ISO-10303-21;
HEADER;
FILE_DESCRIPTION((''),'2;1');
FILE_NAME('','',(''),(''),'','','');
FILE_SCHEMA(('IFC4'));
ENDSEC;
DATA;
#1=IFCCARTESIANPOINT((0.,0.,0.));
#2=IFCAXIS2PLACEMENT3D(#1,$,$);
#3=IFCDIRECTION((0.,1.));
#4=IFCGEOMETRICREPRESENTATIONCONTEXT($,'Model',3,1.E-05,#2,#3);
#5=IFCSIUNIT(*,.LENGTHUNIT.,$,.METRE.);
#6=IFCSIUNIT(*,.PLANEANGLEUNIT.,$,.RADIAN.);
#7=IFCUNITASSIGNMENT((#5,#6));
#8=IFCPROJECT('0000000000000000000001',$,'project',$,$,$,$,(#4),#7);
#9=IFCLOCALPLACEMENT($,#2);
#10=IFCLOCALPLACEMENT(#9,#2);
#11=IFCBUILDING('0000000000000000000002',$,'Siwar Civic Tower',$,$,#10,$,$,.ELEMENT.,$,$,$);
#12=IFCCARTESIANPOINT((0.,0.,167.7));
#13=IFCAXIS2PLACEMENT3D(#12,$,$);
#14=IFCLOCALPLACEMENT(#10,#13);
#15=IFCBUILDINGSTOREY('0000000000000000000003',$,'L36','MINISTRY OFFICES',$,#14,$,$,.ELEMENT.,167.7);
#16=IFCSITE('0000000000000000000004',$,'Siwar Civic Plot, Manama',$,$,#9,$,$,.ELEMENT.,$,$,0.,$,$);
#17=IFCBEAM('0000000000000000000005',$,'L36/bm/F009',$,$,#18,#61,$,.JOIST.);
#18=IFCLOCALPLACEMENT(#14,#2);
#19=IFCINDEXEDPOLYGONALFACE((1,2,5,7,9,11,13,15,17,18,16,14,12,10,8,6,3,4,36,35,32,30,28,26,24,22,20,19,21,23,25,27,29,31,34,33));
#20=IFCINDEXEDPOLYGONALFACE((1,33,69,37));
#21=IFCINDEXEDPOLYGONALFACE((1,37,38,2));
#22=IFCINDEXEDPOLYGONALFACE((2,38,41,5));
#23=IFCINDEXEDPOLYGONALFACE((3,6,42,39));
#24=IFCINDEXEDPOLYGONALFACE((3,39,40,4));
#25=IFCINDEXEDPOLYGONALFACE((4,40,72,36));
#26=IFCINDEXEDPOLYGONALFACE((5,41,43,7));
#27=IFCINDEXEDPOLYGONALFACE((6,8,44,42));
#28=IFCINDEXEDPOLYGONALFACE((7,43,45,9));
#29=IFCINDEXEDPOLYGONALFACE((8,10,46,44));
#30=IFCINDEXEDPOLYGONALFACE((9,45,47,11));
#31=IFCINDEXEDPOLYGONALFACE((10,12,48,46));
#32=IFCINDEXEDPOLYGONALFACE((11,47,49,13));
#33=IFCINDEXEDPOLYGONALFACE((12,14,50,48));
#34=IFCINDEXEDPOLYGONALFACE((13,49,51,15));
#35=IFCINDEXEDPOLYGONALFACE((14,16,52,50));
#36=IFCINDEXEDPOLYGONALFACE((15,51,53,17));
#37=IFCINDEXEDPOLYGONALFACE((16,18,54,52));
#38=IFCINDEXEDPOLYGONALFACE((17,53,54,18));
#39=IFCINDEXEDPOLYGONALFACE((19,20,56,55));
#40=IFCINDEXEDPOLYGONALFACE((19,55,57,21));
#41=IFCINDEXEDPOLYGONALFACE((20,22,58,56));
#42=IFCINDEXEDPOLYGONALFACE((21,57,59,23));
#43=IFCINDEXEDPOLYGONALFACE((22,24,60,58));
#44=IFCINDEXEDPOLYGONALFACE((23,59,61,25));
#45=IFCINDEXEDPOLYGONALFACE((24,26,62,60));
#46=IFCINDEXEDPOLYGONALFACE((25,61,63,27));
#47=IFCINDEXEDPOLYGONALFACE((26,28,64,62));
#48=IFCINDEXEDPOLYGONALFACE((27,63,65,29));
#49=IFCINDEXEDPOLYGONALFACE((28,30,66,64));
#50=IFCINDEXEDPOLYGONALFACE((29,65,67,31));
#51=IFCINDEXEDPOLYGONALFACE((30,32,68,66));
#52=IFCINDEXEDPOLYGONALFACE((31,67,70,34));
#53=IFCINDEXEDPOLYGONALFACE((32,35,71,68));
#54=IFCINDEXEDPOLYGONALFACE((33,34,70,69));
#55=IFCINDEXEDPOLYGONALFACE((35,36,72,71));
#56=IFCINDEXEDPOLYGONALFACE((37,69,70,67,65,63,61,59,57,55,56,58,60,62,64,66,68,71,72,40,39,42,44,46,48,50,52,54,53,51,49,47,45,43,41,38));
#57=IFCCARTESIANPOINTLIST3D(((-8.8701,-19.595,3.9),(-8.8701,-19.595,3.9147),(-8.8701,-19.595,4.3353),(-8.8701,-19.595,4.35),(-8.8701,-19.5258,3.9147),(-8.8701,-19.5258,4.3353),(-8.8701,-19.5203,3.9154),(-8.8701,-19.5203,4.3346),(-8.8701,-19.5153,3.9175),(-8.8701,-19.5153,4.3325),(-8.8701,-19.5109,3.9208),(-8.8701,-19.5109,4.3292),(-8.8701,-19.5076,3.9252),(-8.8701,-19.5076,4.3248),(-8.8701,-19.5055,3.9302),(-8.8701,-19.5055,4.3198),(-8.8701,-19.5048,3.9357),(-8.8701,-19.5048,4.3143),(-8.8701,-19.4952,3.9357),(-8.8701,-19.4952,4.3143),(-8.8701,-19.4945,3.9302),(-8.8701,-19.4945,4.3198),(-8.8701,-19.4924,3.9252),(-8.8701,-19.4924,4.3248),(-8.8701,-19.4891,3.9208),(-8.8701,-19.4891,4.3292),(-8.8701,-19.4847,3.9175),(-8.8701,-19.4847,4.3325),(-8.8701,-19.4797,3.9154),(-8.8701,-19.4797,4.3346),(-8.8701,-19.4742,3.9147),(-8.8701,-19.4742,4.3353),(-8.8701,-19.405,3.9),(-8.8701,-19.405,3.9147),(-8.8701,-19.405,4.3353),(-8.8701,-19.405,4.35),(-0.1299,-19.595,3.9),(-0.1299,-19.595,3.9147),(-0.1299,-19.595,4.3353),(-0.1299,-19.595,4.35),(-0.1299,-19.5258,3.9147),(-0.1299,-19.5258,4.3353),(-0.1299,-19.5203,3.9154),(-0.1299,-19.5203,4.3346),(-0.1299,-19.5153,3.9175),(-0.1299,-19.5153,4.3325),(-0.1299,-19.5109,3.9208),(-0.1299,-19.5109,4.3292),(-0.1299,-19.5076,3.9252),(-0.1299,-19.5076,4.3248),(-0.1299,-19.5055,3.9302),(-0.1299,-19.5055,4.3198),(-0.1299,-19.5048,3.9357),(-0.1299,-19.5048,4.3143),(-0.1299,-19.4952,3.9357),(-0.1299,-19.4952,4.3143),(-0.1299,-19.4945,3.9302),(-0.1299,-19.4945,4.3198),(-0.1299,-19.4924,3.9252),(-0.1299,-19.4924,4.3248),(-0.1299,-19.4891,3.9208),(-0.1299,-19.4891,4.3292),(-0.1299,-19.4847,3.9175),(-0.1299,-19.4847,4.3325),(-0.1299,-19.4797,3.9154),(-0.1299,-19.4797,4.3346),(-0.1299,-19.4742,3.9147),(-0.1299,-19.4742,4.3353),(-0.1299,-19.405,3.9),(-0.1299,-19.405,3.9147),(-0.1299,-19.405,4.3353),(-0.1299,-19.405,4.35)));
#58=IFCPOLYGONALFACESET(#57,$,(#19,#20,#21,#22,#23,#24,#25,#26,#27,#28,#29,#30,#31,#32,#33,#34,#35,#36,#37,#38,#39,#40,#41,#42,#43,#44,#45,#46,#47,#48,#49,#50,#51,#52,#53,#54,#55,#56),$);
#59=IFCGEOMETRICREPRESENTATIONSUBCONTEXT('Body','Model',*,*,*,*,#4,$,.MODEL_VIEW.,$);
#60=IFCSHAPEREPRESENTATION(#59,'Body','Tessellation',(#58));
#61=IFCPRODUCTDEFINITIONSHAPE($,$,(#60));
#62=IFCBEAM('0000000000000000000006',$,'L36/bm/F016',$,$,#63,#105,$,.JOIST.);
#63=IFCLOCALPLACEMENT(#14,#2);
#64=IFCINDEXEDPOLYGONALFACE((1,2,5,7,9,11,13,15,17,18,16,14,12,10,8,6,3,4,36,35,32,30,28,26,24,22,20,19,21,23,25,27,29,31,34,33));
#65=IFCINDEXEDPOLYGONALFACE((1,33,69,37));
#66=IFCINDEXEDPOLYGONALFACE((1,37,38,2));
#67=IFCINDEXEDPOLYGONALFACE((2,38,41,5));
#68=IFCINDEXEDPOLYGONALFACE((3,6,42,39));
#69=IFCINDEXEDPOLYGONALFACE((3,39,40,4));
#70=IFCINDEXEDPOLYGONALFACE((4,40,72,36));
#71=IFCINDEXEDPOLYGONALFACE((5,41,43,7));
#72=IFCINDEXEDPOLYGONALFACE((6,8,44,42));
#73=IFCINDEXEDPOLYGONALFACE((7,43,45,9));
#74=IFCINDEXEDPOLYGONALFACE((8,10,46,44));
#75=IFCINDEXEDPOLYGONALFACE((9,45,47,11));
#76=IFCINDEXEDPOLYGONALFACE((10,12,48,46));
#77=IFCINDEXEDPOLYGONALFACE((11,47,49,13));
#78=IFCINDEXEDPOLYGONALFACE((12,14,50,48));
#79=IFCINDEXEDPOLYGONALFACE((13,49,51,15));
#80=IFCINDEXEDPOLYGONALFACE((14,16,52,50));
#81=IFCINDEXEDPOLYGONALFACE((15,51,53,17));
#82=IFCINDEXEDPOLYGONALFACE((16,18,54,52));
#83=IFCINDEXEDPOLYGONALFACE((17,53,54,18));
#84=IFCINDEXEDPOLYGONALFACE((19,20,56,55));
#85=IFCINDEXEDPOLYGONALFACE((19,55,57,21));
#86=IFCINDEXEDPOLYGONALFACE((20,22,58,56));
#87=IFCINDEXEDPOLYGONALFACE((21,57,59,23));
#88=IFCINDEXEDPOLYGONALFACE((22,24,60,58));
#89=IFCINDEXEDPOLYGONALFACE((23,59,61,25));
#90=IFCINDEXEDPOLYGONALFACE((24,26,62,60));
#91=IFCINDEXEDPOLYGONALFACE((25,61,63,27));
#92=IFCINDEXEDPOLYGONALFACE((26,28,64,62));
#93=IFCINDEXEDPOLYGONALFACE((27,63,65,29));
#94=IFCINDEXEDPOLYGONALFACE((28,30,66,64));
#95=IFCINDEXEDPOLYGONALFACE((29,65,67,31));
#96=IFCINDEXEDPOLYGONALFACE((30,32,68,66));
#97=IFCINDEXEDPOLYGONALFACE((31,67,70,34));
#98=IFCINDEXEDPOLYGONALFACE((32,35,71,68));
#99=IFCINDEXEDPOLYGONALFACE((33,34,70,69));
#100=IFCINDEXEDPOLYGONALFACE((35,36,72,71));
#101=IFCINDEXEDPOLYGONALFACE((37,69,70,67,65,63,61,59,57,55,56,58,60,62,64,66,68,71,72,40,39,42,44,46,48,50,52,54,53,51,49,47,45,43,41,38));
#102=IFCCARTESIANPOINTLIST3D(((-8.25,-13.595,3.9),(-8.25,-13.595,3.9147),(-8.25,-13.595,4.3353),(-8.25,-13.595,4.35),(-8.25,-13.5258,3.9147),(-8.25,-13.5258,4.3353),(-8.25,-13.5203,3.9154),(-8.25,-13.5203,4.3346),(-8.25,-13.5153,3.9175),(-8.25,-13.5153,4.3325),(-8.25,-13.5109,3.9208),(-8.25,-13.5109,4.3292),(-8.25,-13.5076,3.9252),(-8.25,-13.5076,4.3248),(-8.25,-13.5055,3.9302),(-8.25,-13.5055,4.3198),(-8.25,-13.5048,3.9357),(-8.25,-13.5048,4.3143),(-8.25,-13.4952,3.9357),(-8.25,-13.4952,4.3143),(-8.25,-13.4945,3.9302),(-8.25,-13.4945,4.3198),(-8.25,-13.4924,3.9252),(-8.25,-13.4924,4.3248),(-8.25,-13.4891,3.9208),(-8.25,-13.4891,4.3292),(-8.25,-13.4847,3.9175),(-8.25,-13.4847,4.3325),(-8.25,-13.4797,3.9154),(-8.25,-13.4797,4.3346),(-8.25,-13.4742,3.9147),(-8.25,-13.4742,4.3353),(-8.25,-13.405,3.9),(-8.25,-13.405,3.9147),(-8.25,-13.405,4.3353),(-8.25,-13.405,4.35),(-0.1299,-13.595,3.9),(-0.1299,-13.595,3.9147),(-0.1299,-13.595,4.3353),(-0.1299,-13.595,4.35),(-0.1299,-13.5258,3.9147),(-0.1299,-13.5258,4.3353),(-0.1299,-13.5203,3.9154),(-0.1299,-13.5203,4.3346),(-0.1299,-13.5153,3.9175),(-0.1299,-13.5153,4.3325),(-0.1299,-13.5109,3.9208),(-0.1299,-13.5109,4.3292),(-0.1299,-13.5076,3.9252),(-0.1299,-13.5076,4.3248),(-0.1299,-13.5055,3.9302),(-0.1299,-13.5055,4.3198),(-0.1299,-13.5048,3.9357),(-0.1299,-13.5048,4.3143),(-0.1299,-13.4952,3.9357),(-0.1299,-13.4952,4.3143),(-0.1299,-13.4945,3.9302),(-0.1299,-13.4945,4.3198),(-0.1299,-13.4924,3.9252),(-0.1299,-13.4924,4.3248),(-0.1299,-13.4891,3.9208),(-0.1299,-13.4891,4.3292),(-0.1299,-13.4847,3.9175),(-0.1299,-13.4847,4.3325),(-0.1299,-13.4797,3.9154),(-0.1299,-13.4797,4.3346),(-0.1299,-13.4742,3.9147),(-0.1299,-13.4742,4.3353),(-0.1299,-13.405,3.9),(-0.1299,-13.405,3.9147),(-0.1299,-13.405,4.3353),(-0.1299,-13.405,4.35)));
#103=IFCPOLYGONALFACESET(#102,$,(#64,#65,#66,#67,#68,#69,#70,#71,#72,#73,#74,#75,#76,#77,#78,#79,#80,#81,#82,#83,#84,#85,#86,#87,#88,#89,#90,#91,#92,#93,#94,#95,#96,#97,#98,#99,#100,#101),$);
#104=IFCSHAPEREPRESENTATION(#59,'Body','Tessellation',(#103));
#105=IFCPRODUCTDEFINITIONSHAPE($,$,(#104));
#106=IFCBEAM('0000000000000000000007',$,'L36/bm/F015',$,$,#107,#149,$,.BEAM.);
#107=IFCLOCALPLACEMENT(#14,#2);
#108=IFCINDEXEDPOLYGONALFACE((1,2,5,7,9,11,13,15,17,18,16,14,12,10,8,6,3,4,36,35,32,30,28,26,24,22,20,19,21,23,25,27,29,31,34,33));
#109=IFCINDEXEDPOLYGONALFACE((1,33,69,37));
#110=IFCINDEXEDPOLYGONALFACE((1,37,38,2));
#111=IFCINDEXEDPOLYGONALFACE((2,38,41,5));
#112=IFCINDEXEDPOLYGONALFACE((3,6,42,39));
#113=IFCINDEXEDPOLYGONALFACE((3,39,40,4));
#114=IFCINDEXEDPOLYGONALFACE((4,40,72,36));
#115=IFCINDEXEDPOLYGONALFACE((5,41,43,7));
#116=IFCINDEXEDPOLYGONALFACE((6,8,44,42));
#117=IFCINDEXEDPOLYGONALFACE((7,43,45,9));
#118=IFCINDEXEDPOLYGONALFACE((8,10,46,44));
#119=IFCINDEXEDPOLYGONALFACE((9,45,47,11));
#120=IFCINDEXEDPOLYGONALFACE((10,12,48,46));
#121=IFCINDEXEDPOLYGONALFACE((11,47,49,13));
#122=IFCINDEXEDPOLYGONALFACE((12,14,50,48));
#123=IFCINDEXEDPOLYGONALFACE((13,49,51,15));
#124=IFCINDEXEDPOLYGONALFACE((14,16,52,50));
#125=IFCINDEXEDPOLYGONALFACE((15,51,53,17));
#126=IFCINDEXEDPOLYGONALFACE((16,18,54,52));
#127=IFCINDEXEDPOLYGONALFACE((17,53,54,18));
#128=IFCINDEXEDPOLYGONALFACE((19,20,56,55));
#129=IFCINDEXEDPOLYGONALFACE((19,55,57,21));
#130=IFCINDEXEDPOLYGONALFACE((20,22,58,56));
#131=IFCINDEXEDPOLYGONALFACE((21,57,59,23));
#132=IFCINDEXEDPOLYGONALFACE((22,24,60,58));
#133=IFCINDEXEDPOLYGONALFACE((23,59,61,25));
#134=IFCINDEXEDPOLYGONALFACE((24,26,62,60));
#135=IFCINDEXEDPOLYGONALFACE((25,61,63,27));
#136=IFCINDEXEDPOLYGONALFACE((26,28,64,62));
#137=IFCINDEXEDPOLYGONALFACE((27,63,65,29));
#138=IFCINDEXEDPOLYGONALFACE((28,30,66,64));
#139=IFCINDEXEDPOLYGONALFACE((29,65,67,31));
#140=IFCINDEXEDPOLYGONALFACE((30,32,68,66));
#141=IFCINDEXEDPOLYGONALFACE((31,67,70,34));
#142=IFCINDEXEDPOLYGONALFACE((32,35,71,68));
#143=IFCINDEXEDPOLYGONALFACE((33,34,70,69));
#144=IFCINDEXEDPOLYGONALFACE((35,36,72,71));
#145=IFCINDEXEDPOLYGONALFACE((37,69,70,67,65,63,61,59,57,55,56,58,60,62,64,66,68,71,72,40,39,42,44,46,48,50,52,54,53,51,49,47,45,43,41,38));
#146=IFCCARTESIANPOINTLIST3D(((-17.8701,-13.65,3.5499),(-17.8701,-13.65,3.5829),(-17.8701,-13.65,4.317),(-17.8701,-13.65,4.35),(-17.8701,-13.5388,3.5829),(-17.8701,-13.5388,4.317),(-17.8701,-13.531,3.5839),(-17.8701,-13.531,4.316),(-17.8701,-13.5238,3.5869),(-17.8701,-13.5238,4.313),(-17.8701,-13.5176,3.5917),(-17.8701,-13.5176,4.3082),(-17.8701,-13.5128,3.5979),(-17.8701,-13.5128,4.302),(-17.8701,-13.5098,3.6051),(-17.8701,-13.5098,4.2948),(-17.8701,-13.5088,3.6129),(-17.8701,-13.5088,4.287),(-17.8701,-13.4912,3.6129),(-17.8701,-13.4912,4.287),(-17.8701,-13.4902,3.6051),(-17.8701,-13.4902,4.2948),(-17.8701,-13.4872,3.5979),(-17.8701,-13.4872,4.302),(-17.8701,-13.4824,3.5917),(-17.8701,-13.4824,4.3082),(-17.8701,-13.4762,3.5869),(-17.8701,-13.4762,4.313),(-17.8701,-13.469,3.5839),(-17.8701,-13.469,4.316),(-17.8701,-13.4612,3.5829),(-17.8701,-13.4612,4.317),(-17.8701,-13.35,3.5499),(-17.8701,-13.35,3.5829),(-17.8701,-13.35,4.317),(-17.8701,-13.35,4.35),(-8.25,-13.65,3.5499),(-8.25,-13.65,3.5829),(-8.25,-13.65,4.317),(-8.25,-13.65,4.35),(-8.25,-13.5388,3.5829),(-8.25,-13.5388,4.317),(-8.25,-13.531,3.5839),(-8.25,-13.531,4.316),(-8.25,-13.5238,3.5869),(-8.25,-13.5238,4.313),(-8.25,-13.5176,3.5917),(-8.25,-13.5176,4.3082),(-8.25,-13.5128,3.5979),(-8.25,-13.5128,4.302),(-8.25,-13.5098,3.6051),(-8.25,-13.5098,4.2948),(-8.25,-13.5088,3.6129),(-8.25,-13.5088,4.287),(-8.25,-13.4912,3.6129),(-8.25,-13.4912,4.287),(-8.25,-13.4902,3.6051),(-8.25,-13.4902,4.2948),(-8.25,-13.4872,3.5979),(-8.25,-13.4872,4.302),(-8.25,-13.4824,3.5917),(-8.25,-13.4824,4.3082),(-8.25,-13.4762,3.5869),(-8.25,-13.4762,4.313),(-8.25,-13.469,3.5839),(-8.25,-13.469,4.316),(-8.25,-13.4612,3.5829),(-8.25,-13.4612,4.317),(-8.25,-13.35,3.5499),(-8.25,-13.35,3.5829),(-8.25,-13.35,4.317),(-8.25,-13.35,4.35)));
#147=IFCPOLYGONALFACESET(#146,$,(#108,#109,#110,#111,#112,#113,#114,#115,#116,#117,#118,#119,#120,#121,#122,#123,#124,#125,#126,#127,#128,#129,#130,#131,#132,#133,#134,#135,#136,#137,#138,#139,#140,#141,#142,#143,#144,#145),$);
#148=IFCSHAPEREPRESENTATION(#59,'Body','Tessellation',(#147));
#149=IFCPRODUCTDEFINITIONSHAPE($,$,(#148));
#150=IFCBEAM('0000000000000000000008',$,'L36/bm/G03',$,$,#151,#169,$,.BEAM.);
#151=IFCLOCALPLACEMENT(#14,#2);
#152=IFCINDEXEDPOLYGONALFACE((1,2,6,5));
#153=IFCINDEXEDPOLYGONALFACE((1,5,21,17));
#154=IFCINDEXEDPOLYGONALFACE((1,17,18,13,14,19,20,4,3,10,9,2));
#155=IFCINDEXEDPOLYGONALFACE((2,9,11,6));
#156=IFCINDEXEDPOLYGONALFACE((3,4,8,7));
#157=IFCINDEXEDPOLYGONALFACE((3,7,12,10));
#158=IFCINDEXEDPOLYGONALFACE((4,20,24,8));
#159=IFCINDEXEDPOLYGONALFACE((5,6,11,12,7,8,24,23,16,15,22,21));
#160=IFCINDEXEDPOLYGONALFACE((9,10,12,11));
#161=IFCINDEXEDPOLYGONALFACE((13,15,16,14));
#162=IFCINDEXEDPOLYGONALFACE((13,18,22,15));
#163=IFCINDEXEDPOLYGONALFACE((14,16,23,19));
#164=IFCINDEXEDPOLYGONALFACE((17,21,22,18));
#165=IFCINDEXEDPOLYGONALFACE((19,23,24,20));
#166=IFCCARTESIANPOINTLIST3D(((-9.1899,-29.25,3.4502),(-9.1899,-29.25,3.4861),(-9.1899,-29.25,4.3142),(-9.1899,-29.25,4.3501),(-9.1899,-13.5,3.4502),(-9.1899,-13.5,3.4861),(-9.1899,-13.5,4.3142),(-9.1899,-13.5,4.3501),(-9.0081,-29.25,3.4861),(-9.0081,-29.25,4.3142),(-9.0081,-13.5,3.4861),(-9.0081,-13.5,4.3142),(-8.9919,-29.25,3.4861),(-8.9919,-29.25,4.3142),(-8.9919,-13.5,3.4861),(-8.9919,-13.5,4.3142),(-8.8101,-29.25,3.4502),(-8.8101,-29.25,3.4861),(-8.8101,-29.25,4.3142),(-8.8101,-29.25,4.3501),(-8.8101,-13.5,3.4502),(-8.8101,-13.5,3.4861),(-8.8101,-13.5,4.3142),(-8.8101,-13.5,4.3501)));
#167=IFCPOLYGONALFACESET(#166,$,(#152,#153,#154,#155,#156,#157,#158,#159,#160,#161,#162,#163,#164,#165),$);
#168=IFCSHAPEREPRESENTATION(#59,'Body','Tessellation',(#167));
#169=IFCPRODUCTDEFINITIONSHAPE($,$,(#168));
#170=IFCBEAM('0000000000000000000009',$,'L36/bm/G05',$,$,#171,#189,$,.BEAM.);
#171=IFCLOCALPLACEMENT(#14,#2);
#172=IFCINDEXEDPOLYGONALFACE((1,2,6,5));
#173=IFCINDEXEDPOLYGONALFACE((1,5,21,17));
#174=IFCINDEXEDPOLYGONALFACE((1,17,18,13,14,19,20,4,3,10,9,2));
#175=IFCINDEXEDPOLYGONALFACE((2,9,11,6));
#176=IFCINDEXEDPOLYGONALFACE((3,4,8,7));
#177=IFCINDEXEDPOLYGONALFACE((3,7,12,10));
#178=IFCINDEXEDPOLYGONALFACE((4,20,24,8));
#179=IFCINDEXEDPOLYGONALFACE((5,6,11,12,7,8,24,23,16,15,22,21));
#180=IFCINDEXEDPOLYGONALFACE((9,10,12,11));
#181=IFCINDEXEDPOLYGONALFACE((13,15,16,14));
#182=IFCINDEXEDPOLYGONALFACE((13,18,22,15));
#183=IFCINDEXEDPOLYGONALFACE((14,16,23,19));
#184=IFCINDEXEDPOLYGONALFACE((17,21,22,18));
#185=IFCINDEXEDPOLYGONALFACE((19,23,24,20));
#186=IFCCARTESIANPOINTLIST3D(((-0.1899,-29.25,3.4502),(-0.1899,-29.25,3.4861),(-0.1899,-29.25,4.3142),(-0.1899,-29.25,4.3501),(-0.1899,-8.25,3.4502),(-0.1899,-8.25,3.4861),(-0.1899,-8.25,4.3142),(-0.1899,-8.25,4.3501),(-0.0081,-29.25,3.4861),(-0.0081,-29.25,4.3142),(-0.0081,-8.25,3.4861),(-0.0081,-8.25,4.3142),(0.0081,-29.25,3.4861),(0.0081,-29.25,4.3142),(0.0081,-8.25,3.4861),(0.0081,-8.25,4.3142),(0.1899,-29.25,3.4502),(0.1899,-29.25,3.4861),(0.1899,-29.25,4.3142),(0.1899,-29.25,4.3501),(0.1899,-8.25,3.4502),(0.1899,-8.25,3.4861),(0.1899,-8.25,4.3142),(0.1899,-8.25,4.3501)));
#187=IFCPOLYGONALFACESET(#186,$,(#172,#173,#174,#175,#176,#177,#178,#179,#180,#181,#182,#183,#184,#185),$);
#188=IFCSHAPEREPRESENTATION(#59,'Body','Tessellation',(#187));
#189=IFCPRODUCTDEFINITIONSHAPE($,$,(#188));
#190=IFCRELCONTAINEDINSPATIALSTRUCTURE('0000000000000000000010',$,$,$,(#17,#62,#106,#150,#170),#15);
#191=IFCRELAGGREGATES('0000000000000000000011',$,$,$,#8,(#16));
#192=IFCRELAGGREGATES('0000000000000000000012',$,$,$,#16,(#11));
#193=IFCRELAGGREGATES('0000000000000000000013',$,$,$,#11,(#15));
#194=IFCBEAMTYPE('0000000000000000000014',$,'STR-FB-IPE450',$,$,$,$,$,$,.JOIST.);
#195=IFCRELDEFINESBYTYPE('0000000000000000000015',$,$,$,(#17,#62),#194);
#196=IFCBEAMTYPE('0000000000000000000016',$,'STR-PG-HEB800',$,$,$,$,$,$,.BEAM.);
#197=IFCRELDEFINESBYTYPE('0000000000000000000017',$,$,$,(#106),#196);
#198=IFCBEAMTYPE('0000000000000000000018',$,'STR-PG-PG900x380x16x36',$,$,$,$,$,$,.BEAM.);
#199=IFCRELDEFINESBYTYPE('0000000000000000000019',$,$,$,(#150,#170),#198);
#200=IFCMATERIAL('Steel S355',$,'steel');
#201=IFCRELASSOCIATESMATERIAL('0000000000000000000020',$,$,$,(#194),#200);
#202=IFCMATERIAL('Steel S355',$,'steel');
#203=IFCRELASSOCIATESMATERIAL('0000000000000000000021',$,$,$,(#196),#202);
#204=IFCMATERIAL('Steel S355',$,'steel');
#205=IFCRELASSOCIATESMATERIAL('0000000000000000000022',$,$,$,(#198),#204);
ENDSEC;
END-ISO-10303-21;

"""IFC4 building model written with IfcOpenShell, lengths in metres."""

from ifc_helpers import new_model, si_unit, direction, frame, origin, origin_2d, place, context, subcontext, project, spatial, i_section, extrude, material, material_profile, profile_set, type_object, element, save


model = new_model("IFC4")

# Units and contexts
model_context = context("Model", 3, precision=1e-05, world=origin(), true_north=direction((0.0, 1.0)))
body_context = subcontext(model_context, "Body", "Model", "MODEL_VIEW")
ifc_project = project(units=[si_unit("LENGTHUNIT", "METRE"), si_unit("PLANEANGLEUNIT", "RADIAN")], contexts=[model_context])

# Site, building, storey
site_placement = place(None, origin())
site = spatial("IfcSite", under=ifc_project, at=site_placement, Name="Siwar Civic Plot, Manama", CompositionType="ELEMENT", RefElevation=0.0)
building_placement = place(site_placement, origin())
building = spatial("IfcBuilding", under=site, at=building_placement, Name="Siwar Civic Tower", CompositionType="ELEMENT")
storey_placement = place(building_placement, frame((0.0, 0.0, 167.7)))
storey = spatial("IfcBuildingStorey", under=building, at=storey_placement, Name="L36", Description="MINISTRY OFFICES", CompositionType="ELEMENT", Elevation=167.7)

# Beams
ifc_material_1 = material(Name="Steel S355", Category="steel")
ifc_material_profile_1 = material_profile(ifc_material_1, i_section(OverallWidth=0.1899, OverallDepth=0.45, WebThickness=0.0095, FlangeThickness=0.0146, FilletRadius=0.021, at=origin_2d()), Name="IPE450")
ifc_profile_set_1 = profile_set([ifc_material_profile_1], Name="Steel S355")
beam_type_1 = type_object("IfcBeamType", Name="STR-FB-IPE450", PredefinedType="JOIST", material=ifc_profile_set_1)
for number, where, z_axis, x_axis, name in (
    (1, (-8.8701, -19.5, 4.125), (1.0, 0.0, 0.0), (0.0, 1.0, 0.0), "L36/bm/F009"),
):
    element("IfcBeam", number, at=place(storey_placement, frame(where, z_axis=z_axis, x_axis=x_axis)), inside=storey, type_object=beam_type_1, Name=name, PredefinedType="JOIST", context=body_context, shape_type="SweptSolid", body=[
        extrude(i_section(OverallWidth=0.1899, OverallDepth=0.45, WebThickness=0.0095, FlangeThickness=0.0146, FilletRadius=0.021, at=origin_2d()), origin(), (0.0, 0.0, 1.0), 8.7402),
    ])
beam_1_placement = place(storey_placement, frame((-8.25, -13.5, 4.125), z_axis=(1.0, 0.0, 0.0), x_axis=(0.0, 1.0, 0.0)))
element("IfcBeam", 2, at=beam_1_placement, inside=storey, type_object=beam_type_1, Name="L36/bm/F016", PredefinedType="JOIST", context=body_context, shape_type="SweptSolid", body=[
    extrude(i_section(OverallWidth=0.1899, OverallDepth=0.45, WebThickness=0.0095, FlangeThickness=0.0146, FilletRadius=0.021, at=origin_2d()), origin(), (0.0, 0.0, 1.0), 8.1201),
])
ifc_material_2 = material(Name="Steel S355", Category="steel")
ifc_material_profile_2 = material_profile(ifc_material_2, i_section(OverallWidth=0.3, OverallDepth=0.8, WebThickness=0.0176, FlangeThickness=0.033, FilletRadius=0.03, at=origin_2d()), Name="HEB800")
ifc_profile_set_2 = profile_set([ifc_material_profile_2], Name="Steel S355")
beam_type_2 = type_object("IfcBeamType", Name="STR-PG-HEB800", PredefinedType="BEAM", material=ifc_profile_set_2)
beam_2_placement = place(storey_placement, frame((-17.8701, -13.5, 3.95), z_axis=(1.0, 0.0, 0.0), x_axis=(0.0, 1.0, 0.0)))
element("IfcBeam", 3, at=beam_2_placement, inside=storey, type_object=beam_type_2, Name="L36/bm/F015", PredefinedType="BEAM", context=body_context, shape_type="SweptSolid", body=[
    extrude(i_section(OverallWidth=0.3, OverallDepth=0.8, WebThickness=0.0176, FlangeThickness=0.033, FilletRadius=0.03, at=origin_2d()), origin(), (0.0, 0.0, 1.0), 9.6201),
])
ifc_material_3 = material(Name="Steel S355", Category="steel")
ifc_material_profile_3 = material_profile(ifc_material_3, i_section(OverallWidth=0.3799, OverallDepth=0.8999, WebThickness=0.0161, FlangeThickness=0.0359, at=origin_2d()), Name="PG900x380x16x36")
ifc_profile_set_3 = profile_set([ifc_material_profile_3], Name="Steel S355")
beam_type_3 = type_object("IfcBeamType", Name="STR-PG-PG900x380x16x36", PredefinedType="BEAM", material=ifc_profile_set_3)
beam_3_placement = place(storey_placement, frame((-9.0, -29.25, 3.9001), z_axis=(0.0, 1.0, 0.0), x_axis=(-1.0, 0.0, 0.0)))
element("IfcBeam", 4, at=beam_3_placement, inside=storey, type_object=beam_type_3, Name="L36/bm/G03", PredefinedType="BEAM", context=body_context, shape_type="SweptSolid", body=[
    extrude(i_section(OverallWidth=0.3799, OverallDepth=0.8999, WebThickness=0.0161, FlangeThickness=0.0359, at=origin_2d()), origin(), (0.0, 0.0, 1.0), 15.75),
])
beam_4_placement = place(storey_placement, frame((0.0, -29.25, 3.9001), z_axis=(0.0, 1.0, 0.0), x_axis=(-1.0, 0.0, 0.0)))
element("IfcBeam", 5, at=beam_4_placement, inside=storey, type_object=beam_type_3, Name="L36/bm/G05", PredefinedType="BEAM", context=body_context, shape_type="SweptSolid", body=[
    extrude(i_section(OverallWidth=0.3799, OverallDepth=0.8999, WebThickness=0.0161, FlangeThickness=0.0359, at=origin_2d()), origin(), (0.0, 0.0, 1.0), 21.0),
])

save(model, "model.ifc")
